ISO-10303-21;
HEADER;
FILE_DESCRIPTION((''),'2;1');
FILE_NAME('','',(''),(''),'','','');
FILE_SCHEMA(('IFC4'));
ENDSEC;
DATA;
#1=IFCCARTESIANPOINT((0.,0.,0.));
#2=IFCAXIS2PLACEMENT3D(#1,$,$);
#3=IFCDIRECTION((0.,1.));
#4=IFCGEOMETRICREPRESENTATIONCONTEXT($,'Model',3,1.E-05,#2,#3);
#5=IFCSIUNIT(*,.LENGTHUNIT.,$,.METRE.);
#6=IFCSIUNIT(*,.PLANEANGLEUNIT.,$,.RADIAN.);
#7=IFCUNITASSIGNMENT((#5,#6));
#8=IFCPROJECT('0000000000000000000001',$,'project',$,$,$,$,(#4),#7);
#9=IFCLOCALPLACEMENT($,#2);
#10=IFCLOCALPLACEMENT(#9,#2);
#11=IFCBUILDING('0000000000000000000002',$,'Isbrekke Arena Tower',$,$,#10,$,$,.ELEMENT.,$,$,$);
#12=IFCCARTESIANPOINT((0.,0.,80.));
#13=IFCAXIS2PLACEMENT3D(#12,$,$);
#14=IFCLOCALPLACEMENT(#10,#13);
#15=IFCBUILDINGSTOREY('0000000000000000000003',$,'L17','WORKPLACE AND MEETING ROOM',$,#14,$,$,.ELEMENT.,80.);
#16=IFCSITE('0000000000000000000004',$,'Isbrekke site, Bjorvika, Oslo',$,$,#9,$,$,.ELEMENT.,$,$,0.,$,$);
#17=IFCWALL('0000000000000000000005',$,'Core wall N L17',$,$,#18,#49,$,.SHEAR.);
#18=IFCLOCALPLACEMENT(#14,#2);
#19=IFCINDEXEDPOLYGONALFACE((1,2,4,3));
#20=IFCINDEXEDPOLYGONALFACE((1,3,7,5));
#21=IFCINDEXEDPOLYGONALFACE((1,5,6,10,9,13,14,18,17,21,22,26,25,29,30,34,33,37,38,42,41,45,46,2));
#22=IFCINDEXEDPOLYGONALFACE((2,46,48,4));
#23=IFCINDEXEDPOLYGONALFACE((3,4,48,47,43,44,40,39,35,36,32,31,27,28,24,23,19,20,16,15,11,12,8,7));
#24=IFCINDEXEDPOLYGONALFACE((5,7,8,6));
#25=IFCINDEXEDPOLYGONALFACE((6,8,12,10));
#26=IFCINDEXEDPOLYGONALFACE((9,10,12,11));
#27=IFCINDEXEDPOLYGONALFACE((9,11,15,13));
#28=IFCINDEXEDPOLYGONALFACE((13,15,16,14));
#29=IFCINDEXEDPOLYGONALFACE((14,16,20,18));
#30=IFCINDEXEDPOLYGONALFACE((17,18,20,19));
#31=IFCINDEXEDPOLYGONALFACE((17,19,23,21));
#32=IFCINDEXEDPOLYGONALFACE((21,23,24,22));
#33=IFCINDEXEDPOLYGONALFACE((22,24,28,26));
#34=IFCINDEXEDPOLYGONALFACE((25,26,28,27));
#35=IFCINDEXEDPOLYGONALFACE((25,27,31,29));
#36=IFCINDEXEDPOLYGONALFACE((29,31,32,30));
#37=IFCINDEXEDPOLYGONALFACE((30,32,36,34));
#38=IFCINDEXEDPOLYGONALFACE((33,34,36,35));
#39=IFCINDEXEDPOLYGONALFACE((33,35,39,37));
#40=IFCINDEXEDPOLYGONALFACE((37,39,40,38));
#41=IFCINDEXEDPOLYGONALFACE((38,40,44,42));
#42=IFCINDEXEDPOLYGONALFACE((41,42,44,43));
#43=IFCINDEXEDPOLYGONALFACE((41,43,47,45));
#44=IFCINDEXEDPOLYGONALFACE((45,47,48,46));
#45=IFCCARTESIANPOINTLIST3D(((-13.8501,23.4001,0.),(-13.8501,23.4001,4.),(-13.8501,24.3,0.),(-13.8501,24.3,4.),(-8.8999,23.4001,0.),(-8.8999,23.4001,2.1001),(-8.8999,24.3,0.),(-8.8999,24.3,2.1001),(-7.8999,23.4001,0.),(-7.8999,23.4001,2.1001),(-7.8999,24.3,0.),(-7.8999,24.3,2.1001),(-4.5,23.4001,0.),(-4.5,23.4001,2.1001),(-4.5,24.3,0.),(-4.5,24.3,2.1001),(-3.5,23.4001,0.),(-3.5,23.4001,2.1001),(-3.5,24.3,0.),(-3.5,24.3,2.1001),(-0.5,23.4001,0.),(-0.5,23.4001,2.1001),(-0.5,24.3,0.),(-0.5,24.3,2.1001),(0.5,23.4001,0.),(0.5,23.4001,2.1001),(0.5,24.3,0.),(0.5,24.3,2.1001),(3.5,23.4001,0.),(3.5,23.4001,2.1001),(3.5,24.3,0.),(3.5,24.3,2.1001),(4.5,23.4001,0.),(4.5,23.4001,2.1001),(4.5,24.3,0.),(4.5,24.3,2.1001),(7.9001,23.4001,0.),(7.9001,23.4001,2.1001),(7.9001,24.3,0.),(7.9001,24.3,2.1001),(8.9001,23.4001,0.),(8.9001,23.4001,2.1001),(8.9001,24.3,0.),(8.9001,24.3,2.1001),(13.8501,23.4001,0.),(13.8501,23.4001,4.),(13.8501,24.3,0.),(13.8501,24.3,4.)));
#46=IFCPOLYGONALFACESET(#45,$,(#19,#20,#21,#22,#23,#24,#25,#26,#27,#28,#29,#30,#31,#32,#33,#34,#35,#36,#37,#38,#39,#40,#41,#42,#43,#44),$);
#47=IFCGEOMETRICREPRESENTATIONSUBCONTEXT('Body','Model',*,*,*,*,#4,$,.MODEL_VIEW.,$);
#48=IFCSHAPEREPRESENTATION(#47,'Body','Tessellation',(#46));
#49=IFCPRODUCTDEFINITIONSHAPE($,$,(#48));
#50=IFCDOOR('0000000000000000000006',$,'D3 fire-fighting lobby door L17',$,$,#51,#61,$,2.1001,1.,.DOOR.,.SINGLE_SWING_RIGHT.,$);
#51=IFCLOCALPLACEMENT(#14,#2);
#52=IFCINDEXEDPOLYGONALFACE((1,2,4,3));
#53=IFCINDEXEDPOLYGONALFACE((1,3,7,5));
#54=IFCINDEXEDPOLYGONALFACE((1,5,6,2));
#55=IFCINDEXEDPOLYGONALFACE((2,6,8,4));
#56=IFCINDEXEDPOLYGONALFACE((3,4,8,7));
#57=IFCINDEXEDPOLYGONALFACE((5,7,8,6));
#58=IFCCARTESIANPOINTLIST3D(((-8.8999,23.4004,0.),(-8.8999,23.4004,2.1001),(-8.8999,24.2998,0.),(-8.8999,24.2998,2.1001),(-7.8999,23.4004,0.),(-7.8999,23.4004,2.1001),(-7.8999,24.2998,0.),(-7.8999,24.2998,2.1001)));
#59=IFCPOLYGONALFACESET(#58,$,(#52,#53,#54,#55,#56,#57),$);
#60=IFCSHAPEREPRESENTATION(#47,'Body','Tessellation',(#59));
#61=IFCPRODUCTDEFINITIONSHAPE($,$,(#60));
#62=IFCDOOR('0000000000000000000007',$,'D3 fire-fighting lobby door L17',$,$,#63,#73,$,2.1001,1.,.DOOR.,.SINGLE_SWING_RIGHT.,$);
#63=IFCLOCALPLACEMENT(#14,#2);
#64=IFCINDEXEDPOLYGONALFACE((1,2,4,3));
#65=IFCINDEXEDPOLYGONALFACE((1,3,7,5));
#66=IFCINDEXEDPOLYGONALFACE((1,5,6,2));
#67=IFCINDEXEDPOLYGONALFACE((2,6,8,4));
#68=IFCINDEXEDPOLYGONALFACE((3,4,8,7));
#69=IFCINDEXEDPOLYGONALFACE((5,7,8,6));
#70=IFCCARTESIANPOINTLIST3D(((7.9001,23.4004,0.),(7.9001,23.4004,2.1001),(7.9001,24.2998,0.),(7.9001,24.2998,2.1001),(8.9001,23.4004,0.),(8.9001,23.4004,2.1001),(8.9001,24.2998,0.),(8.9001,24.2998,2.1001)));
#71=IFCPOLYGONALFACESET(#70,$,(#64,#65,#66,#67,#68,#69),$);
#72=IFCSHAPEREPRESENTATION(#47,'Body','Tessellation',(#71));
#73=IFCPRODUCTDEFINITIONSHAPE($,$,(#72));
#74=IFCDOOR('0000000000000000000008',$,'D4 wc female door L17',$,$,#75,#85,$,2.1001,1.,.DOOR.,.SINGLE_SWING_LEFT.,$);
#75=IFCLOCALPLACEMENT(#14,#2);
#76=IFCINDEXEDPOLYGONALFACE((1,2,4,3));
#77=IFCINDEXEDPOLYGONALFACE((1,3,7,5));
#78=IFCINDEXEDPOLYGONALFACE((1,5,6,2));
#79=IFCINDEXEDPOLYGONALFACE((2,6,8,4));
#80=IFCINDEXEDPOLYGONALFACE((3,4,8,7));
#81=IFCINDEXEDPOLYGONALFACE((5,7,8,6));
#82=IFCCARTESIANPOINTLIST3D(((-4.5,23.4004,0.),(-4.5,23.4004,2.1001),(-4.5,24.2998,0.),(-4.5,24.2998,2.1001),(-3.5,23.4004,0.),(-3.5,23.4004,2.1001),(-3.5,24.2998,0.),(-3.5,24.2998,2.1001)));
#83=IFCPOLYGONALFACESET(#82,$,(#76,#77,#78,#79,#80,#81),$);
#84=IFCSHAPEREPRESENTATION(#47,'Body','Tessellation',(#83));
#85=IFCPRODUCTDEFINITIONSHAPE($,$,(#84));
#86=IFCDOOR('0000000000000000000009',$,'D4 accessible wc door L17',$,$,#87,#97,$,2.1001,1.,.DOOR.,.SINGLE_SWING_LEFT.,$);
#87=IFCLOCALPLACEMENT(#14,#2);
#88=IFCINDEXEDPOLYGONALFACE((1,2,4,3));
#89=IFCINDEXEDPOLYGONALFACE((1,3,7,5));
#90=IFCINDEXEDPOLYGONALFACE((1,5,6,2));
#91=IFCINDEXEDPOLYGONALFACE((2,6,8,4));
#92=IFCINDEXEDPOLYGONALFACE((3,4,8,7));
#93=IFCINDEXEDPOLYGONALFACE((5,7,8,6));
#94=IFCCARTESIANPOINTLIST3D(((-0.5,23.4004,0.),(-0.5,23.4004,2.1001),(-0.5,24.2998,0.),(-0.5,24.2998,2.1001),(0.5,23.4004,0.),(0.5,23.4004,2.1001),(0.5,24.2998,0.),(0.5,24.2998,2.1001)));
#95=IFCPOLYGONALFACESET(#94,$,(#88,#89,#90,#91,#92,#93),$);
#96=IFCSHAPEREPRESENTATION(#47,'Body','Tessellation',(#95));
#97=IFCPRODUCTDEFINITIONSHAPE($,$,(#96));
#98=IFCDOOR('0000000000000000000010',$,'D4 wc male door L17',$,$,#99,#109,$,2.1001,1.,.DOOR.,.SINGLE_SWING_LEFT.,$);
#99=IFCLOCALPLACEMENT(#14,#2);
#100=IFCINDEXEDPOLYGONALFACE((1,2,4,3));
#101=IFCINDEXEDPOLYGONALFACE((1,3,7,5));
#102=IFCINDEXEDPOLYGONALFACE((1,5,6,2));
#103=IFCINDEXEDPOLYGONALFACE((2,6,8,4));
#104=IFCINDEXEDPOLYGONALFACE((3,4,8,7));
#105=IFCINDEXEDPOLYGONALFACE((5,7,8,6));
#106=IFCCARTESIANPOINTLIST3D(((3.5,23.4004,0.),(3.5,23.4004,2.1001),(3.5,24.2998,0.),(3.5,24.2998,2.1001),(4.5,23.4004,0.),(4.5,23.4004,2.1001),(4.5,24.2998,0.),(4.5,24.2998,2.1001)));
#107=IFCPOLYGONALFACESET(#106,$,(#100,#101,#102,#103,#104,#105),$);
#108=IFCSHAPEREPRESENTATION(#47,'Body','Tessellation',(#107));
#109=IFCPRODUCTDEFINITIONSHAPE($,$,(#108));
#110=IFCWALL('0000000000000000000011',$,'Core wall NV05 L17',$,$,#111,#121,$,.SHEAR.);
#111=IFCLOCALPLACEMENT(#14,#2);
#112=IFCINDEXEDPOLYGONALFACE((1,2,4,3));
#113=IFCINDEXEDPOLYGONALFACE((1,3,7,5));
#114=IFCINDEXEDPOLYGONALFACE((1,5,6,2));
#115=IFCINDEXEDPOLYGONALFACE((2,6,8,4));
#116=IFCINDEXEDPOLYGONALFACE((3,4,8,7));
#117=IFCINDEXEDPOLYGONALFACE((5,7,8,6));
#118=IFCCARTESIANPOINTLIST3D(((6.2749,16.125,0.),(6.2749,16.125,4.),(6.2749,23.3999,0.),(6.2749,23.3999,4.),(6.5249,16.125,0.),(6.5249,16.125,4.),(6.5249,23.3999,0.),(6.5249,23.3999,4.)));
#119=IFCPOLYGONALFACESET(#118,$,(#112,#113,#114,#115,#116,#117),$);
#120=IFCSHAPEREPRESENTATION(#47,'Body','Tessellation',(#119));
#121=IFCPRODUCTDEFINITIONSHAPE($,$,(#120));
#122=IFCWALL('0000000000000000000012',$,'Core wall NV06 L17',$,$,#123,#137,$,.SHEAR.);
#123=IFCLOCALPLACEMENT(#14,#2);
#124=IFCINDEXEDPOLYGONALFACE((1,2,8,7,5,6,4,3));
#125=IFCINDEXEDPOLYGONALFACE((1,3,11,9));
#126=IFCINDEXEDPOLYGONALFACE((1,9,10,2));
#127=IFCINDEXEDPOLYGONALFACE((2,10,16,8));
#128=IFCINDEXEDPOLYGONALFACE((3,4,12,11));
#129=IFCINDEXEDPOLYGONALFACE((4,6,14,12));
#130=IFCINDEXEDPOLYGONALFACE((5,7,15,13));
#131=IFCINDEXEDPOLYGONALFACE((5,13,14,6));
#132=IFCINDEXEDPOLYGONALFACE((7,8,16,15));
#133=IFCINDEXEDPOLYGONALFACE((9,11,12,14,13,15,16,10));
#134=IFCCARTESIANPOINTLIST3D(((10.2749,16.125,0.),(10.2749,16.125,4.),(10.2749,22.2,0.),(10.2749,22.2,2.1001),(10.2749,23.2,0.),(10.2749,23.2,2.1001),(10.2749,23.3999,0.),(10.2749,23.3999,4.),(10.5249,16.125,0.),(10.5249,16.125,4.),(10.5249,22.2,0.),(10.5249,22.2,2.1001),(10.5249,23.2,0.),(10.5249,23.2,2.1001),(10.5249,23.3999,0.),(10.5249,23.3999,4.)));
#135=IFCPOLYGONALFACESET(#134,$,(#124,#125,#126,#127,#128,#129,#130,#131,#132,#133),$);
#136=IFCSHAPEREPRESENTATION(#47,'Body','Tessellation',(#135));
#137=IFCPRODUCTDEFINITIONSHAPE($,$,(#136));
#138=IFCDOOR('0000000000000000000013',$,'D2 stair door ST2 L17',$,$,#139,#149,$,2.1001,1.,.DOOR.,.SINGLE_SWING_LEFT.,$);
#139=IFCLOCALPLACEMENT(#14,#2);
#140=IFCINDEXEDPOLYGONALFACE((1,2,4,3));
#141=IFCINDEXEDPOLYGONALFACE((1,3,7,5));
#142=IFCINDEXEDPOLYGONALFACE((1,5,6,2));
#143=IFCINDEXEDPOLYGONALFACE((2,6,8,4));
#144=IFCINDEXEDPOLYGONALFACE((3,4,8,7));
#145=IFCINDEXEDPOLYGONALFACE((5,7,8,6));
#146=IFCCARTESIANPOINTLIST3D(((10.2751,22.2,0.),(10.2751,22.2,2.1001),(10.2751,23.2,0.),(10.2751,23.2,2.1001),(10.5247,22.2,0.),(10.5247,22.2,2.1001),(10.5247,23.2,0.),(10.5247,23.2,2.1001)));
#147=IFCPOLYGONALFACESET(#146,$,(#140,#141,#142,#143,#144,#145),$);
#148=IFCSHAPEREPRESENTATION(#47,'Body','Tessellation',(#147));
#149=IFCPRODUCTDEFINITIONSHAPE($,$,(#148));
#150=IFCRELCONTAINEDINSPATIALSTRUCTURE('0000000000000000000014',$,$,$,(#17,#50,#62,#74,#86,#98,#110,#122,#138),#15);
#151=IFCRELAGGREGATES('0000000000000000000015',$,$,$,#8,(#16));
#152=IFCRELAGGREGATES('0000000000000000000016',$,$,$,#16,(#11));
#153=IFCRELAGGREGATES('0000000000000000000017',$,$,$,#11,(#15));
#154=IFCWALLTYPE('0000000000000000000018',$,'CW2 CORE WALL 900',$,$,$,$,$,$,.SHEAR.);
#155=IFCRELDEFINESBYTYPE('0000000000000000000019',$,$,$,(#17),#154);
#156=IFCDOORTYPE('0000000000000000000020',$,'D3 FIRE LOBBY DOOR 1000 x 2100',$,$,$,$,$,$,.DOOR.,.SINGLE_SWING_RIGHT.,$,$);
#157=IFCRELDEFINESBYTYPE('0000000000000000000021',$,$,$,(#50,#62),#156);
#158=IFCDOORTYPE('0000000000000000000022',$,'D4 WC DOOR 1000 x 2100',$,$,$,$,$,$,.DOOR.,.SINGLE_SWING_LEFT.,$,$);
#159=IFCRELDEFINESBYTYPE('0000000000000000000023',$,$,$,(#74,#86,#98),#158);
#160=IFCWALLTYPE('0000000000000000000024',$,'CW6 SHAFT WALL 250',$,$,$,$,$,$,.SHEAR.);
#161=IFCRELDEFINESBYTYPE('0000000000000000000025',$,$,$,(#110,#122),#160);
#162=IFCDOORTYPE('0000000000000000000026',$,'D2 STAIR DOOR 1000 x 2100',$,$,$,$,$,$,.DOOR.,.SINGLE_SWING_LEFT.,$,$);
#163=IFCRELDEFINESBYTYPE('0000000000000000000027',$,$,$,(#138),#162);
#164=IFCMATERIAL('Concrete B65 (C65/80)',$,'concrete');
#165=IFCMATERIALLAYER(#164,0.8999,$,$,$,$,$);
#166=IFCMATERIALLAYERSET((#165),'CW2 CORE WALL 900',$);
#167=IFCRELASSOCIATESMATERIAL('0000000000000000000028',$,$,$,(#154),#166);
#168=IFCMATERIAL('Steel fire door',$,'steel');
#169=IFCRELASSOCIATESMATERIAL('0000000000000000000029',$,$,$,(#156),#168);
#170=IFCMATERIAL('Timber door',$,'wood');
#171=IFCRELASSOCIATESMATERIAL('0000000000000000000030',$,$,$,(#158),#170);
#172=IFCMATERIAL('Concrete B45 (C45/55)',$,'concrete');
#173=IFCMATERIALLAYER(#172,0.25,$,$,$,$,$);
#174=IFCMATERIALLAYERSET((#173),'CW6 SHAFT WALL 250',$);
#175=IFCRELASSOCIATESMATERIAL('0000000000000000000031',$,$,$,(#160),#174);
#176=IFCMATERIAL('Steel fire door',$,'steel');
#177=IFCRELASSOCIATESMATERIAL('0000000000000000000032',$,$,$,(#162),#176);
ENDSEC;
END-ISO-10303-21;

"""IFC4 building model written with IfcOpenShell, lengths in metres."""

from ifc_helpers import new_model, si_unit, direction, frame, frame_2d, origin, place, context, subcontext, project, spatial, rectangle, extrude, material, layer, layer_set, type_object, element, fill, save


model = new_model("IFC4")

# Units and contexts
model_context = context("Model", 3, precision=1e-05, world=origin(), true_north=direction((0.0, 1.0)))
body_context = subcontext(model_context, "Body", "Model", "MODEL_VIEW")
ifc_project = project(units=[si_unit("LENGTHUNIT", "METRE"), si_unit("PLANEANGLEUNIT", "RADIAN")], contexts=[model_context])

# Site, building, storey
site_placement = place(None, origin())
site = spatial("IfcSite", under=ifc_project, at=site_placement, Name="Isbrekke site, Bjorvika, Oslo", CompositionType="ELEMENT", RefElevation=0.0)
building_placement = place(site_placement, origin())
building = spatial("IfcBuilding", under=site, at=building_placement, Name="Isbrekke Arena Tower", CompositionType="ELEMENT")
storey_placement = place(building_placement, frame((0.0, 0.0, 80.0)))
storey = spatial("IfcBuildingStorey", under=building, at=storey_placement, Name="L17", Description="WORKPLACE AND MEETING ROOM", CompositionType="ELEMENT", Elevation=80.0)

# Wall, openings, doors
ifc_material_1 = material(Name="Concrete B65 (C65/80)", Category="concrete")
ifc_layer_1 = layer(ifc_material_1, 0.8999)
ifc_layer_set_1 = layer_set([ifc_layer_1], Name="CW2 CORE WALL 900")
wall_type_1 = type_object("IfcWallType", Name="CW2 CORE WALL 900", PredefinedType="SHEAR", material=ifc_layer_set_1)
wall_1_placement = place(storey_placement, frame((13.8501, 23.8501, 0.0), z_axis=(0.0, 0.0, 1.0), x_axis=(-1.0, 0.0, 0.0)))
wall_1 = element("IfcWall", 1, at=wall_1_placement, inside=storey, type_object=wall_type_1, Name="Core wall N L17", PredefinedType="SHEAR", context=body_context, shape_type="SweptSolid", body=[
    extrude(rectangle(XDim=27.7002, YDim=0.8999, at=frame_2d((13.8501, 0.0))), origin(), (0.0, 0.0, 1.0), 4.0),
])
opening_1_placement = place(wall_1_placement, frame((21.75, 0.0, 0.0)))
opening_1 = element("IfcOpeningElement", 2, at=opening_1_placement, cuts=wall_1, PredefinedType="OPENING", context=body_context, shape_type="SweptSolid", body=[
    extrude(rectangle(XDim=1.0, YDim=2.1001, at=frame_2d((0.5, 1.05))), frame((0.0, 0.4648, 0.0), z_axis=(0.0, -1.0, 0.0), x_axis=(1.0, 0.0, 0.0)), (0.0, 0.0, 1.0), 0.9297),
])
opening_2_placement = place(wall_1_placement, frame((4.95, 0.0, 0.0)))
opening_2 = element("IfcOpeningElement", 3, at=opening_2_placement, cuts=wall_1, PredefinedType="OPENING", context=body_context, shape_type="SweptSolid", body=[
    extrude(rectangle(XDim=1.0, YDim=2.1001, at=frame_2d((0.5, 1.05))), frame((0.0, 0.4648, 0.0), z_axis=(0.0, -1.0, 0.0), x_axis=(1.0, 0.0, 0.0)), (0.0, 0.0, 1.0), 0.9297),
])
opening_3_placement = place(wall_1_placement, frame((17.3501, 0.0, 0.0)))
opening_3 = element("IfcOpeningElement", 4, at=opening_3_placement, cuts=wall_1, PredefinedType="OPENING", context=body_context, shape_type="SweptSolid", body=[
    extrude(rectangle(XDim=1.0, YDim=2.1001, at=frame_2d((0.5, 1.05))), frame((0.0, 0.4648, 0.0), z_axis=(0.0, -1.0, 0.0), x_axis=(1.0, 0.0, 0.0)), (0.0, 0.0, 1.0), 0.9297),
])
opening_4_placement = place(wall_1_placement, frame((13.3501, 0.0, 0.0)))
opening_4 = element("IfcOpeningElement", 5, at=opening_4_placement, cuts=wall_1, PredefinedType="OPENING", context=body_context, shape_type="SweptSolid", body=[
    extrude(rectangle(XDim=1.0, YDim=2.1001, at=frame_2d((0.5, 1.05))), frame((0.0, 0.4648, 0.0), z_axis=(0.0, -1.0, 0.0), x_axis=(1.0, 0.0, 0.0)), (0.0, 0.0, 1.0), 0.9297),
])
opening_5_placement = place(wall_1_placement, frame((9.3501, 0.0, 0.0)))
opening_5 = element("IfcOpeningElement", 6, at=opening_5_placement, cuts=wall_1, PredefinedType="OPENING", context=body_context, shape_type="SweptSolid", body=[
    extrude(rectangle(XDim=1.0, YDim=2.1001, at=frame_2d((0.5, 1.05))), frame((0.0, 0.4648, 0.0), z_axis=(0.0, -1.0, 0.0), x_axis=(1.0, 0.0, 0.0)), (0.0, 0.0, 1.0), 0.9297),
])
ifc_material_2 = material(Name="Steel fire door", Category="steel")
door_type_1 = type_object("IfcDoorType", Name="D3 FIRE LOBBY DOOR 1000 x 2100", OperationType="SINGLE_SWING_RIGHT", PredefinedType="DOOR", material=ifc_material_2)
door_1_placement = place(opening_1_placement, origin())
door_1 = element("IfcDoor", 7, at=door_1_placement, inside=storey, type_object=door_type_1, Name="D3 fire-fighting lobby door L17", OperationType="SINGLE_SWING_RIGHT", OverallHeight=2.1001, OverallWidth=1.0, PredefinedType="DOOR", context=body_context, shape_type="SweptSolid", body=[
    extrude(rectangle(XDim=1.0, YDim=2.1001, at=frame_2d((0.5, 1.05))), frame((0.0, 0.4497, 0.0), z_axis=(0.0, -1.0, 0.0), x_axis=(1.0, 0.0, 0.0)), (0.0, 0.0, 1.0), 0.8994),
])
fill(opening_1, door_1)
door_2_placement = place(opening_2_placement, origin())
door_2 = element("IfcDoor", 8, at=door_2_placement, inside=storey, type_object=door_type_1, Name="D3 fire-fighting lobby door L17", OperationType="SINGLE_SWING_RIGHT", OverallHeight=2.1001, OverallWidth=1.0, PredefinedType="DOOR", context=body_context, shape_type="SweptSolid", body=[
    extrude(rectangle(XDim=1.0, YDim=2.1001, at=frame_2d((0.5, 1.05))), frame((0.0, 0.4497, 0.0), z_axis=(0.0, -1.0, 0.0), x_axis=(1.0, 0.0, 0.0)), (0.0, 0.0, 1.0), 0.8994),
])
fill(opening_2, door_2)
ifc_material_3 = material(Name="Timber door", Category="wood")
door_type_2 = type_object("IfcDoorType", Name="D4 WC DOOR 1000 x 2100", OperationType="SINGLE_SWING_LEFT", PredefinedType="DOOR", material=ifc_material_3)
door_3_placement = place(opening_3_placement, origin())
door_3 = element("IfcDoor", 9, at=door_3_placement, inside=storey, type_object=door_type_2, Name="D4 wc female door L17", OperationType="SINGLE_SWING_LEFT", OverallHeight=2.1001, OverallWidth=1.0, PredefinedType="DOOR", context=body_context, shape_type="SweptSolid", body=[
    extrude(rectangle(XDim=1.0, YDim=2.1001, at=frame_2d((0.5, 1.05))), frame((0.0, 0.4497, 0.0), z_axis=(0.0, -1.0, 0.0), x_axis=(1.0, 0.0, 0.0)), (0.0, 0.0, 1.0), 0.8994),
])
fill(opening_3, door_3)
door_4_placement = place(opening_4_placement, origin())
door_4 = element("IfcDoor", 10, at=door_4_placement, inside=storey, type_object=door_type_2, Name="D4 accessible wc door L17", OperationType="SINGLE_SWING_LEFT", OverallHeight=2.1001, OverallWidth=1.0, PredefinedType="DOOR", context=body_context, shape_type="SweptSolid", body=[
    extrude(rectangle(XDim=1.0, YDim=2.1001, at=frame_2d((0.5, 1.05))), frame((0.0, 0.4497, 0.0), z_axis=(0.0, -1.0, 0.0), x_axis=(1.0, 0.0, 0.0)), (0.0, 0.0, 1.0), 0.8994),
])
fill(opening_4, door_4)
door_5_placement = place(opening_5_placement, origin())
door_5 = element("IfcDoor", 11, at=door_5_placement, inside=storey, type_object=door_type_2, Name="D4 wc male door L17", OperationType="SINGLE_SWING_LEFT", OverallHeight=2.1001, OverallWidth=1.0, PredefinedType="DOOR", context=body_context, shape_type="SweptSolid", body=[
    extrude(rectangle(XDim=1.0, YDim=2.1001, at=frame_2d((0.5, 1.05))), frame((0.0, 0.4497, 0.0), z_axis=(0.0, -1.0, 0.0), x_axis=(1.0, 0.0, 0.0)), (0.0, 0.0, 1.0), 0.8994),
])
fill(opening_5, door_5)

# Wall
ifc_material_4 = material(Name="Concrete B45 (C45/55)", Category="concrete")
ifc_layer_2 = layer(ifc_material_4, 0.25)
ifc_layer_set_2 = layer_set([ifc_layer_2], Name="CW6 SHAFT WALL 250")
wall_type_2 = type_object("IfcWallType", Name="CW6 SHAFT WALL 250", PredefinedType="SHEAR", material=ifc_layer_set_2)
wall_2_placement = place(storey_placement, frame((6.3999, 16.125, 0.0), z_axis=(0.0, 0.0, 1.0), x_axis=(0.0, 1.0, 0.0)))
element("IfcWall", 12, at=wall_2_placement, inside=storey, type_object=wall_type_2, Name="Core wall NV05 L17", PredefinedType="SHEAR", context=body_context, shape_type="SweptSolid", body=[
    extrude(rectangle(XDim=7.2749, YDim=0.25, at=frame_2d((3.6375, 0.0))), origin(), (0.0, 0.0, 1.0), 4.0),
])

# Wall, opening, door
wall_3_placement = place(storey_placement, frame((10.3999, 16.125, 0.0), z_axis=(0.0, 0.0, 1.0), x_axis=(0.0, 1.0, 0.0)))
wall_3 = element("IfcWall", 13, at=wall_3_placement, inside=storey, type_object=wall_type_2, Name="Core wall NV06 L17", PredefinedType="SHEAR", context=body_context, shape_type="SweptSolid", body=[
    extrude(rectangle(XDim=7.2749, YDim=0.25, at=frame_2d((3.6375, 0.0))), origin(), (0.0, 0.0, 1.0), 4.0),
])
opening_6_placement = place(wall_3_placement, frame((6.075, 0.0, 0.0)))
opening_6 = element("IfcOpeningElement", 14, at=opening_6_placement, cuts=wall_3, PredefinedType="OPENING", context=body_context, shape_type="SweptSolid", body=[
    extrude(rectangle(XDim=1.0, YDim=2.1001, at=frame_2d((0.5, 1.05))), frame((0.0, 0.1399, 0.0), z_axis=(0.0, -1.0, 0.0), x_axis=(1.0, 0.0, 0.0)), (0.0, 0.0, 1.0), 0.2798),
])
ifc_material_5 = material(Name="Steel fire door", Category="steel")
door_type_3 = type_object("IfcDoorType", Name="D2 STAIR DOOR 1000 x 2100", OperationType="SINGLE_SWING_LEFT", PredefinedType="DOOR", material=ifc_material_5)
door_6_placement = place(opening_6_placement, origin())
door_6 = element("IfcDoor", 15, at=door_6_placement, inside=storey, type_object=door_type_3, Name="D2 stair door ST2 L17", OperationType="SINGLE_SWING_LEFT", OverallHeight=2.1001, OverallWidth=1.0, PredefinedType="DOOR", context=body_context, shape_type="SweptSolid", body=[
    extrude(rectangle(XDim=1.0, YDim=2.1001, at=frame_2d((0.5, 1.05))), frame((0.0, 0.1248, 0.0), z_axis=(0.0, -1.0, 0.0), x_axis=(1.0, 0.0, 0.0)), (0.0, 0.0, 1.0), 0.2495),
])
fill(opening_6, door_6)

save(model, "model.ifc")
